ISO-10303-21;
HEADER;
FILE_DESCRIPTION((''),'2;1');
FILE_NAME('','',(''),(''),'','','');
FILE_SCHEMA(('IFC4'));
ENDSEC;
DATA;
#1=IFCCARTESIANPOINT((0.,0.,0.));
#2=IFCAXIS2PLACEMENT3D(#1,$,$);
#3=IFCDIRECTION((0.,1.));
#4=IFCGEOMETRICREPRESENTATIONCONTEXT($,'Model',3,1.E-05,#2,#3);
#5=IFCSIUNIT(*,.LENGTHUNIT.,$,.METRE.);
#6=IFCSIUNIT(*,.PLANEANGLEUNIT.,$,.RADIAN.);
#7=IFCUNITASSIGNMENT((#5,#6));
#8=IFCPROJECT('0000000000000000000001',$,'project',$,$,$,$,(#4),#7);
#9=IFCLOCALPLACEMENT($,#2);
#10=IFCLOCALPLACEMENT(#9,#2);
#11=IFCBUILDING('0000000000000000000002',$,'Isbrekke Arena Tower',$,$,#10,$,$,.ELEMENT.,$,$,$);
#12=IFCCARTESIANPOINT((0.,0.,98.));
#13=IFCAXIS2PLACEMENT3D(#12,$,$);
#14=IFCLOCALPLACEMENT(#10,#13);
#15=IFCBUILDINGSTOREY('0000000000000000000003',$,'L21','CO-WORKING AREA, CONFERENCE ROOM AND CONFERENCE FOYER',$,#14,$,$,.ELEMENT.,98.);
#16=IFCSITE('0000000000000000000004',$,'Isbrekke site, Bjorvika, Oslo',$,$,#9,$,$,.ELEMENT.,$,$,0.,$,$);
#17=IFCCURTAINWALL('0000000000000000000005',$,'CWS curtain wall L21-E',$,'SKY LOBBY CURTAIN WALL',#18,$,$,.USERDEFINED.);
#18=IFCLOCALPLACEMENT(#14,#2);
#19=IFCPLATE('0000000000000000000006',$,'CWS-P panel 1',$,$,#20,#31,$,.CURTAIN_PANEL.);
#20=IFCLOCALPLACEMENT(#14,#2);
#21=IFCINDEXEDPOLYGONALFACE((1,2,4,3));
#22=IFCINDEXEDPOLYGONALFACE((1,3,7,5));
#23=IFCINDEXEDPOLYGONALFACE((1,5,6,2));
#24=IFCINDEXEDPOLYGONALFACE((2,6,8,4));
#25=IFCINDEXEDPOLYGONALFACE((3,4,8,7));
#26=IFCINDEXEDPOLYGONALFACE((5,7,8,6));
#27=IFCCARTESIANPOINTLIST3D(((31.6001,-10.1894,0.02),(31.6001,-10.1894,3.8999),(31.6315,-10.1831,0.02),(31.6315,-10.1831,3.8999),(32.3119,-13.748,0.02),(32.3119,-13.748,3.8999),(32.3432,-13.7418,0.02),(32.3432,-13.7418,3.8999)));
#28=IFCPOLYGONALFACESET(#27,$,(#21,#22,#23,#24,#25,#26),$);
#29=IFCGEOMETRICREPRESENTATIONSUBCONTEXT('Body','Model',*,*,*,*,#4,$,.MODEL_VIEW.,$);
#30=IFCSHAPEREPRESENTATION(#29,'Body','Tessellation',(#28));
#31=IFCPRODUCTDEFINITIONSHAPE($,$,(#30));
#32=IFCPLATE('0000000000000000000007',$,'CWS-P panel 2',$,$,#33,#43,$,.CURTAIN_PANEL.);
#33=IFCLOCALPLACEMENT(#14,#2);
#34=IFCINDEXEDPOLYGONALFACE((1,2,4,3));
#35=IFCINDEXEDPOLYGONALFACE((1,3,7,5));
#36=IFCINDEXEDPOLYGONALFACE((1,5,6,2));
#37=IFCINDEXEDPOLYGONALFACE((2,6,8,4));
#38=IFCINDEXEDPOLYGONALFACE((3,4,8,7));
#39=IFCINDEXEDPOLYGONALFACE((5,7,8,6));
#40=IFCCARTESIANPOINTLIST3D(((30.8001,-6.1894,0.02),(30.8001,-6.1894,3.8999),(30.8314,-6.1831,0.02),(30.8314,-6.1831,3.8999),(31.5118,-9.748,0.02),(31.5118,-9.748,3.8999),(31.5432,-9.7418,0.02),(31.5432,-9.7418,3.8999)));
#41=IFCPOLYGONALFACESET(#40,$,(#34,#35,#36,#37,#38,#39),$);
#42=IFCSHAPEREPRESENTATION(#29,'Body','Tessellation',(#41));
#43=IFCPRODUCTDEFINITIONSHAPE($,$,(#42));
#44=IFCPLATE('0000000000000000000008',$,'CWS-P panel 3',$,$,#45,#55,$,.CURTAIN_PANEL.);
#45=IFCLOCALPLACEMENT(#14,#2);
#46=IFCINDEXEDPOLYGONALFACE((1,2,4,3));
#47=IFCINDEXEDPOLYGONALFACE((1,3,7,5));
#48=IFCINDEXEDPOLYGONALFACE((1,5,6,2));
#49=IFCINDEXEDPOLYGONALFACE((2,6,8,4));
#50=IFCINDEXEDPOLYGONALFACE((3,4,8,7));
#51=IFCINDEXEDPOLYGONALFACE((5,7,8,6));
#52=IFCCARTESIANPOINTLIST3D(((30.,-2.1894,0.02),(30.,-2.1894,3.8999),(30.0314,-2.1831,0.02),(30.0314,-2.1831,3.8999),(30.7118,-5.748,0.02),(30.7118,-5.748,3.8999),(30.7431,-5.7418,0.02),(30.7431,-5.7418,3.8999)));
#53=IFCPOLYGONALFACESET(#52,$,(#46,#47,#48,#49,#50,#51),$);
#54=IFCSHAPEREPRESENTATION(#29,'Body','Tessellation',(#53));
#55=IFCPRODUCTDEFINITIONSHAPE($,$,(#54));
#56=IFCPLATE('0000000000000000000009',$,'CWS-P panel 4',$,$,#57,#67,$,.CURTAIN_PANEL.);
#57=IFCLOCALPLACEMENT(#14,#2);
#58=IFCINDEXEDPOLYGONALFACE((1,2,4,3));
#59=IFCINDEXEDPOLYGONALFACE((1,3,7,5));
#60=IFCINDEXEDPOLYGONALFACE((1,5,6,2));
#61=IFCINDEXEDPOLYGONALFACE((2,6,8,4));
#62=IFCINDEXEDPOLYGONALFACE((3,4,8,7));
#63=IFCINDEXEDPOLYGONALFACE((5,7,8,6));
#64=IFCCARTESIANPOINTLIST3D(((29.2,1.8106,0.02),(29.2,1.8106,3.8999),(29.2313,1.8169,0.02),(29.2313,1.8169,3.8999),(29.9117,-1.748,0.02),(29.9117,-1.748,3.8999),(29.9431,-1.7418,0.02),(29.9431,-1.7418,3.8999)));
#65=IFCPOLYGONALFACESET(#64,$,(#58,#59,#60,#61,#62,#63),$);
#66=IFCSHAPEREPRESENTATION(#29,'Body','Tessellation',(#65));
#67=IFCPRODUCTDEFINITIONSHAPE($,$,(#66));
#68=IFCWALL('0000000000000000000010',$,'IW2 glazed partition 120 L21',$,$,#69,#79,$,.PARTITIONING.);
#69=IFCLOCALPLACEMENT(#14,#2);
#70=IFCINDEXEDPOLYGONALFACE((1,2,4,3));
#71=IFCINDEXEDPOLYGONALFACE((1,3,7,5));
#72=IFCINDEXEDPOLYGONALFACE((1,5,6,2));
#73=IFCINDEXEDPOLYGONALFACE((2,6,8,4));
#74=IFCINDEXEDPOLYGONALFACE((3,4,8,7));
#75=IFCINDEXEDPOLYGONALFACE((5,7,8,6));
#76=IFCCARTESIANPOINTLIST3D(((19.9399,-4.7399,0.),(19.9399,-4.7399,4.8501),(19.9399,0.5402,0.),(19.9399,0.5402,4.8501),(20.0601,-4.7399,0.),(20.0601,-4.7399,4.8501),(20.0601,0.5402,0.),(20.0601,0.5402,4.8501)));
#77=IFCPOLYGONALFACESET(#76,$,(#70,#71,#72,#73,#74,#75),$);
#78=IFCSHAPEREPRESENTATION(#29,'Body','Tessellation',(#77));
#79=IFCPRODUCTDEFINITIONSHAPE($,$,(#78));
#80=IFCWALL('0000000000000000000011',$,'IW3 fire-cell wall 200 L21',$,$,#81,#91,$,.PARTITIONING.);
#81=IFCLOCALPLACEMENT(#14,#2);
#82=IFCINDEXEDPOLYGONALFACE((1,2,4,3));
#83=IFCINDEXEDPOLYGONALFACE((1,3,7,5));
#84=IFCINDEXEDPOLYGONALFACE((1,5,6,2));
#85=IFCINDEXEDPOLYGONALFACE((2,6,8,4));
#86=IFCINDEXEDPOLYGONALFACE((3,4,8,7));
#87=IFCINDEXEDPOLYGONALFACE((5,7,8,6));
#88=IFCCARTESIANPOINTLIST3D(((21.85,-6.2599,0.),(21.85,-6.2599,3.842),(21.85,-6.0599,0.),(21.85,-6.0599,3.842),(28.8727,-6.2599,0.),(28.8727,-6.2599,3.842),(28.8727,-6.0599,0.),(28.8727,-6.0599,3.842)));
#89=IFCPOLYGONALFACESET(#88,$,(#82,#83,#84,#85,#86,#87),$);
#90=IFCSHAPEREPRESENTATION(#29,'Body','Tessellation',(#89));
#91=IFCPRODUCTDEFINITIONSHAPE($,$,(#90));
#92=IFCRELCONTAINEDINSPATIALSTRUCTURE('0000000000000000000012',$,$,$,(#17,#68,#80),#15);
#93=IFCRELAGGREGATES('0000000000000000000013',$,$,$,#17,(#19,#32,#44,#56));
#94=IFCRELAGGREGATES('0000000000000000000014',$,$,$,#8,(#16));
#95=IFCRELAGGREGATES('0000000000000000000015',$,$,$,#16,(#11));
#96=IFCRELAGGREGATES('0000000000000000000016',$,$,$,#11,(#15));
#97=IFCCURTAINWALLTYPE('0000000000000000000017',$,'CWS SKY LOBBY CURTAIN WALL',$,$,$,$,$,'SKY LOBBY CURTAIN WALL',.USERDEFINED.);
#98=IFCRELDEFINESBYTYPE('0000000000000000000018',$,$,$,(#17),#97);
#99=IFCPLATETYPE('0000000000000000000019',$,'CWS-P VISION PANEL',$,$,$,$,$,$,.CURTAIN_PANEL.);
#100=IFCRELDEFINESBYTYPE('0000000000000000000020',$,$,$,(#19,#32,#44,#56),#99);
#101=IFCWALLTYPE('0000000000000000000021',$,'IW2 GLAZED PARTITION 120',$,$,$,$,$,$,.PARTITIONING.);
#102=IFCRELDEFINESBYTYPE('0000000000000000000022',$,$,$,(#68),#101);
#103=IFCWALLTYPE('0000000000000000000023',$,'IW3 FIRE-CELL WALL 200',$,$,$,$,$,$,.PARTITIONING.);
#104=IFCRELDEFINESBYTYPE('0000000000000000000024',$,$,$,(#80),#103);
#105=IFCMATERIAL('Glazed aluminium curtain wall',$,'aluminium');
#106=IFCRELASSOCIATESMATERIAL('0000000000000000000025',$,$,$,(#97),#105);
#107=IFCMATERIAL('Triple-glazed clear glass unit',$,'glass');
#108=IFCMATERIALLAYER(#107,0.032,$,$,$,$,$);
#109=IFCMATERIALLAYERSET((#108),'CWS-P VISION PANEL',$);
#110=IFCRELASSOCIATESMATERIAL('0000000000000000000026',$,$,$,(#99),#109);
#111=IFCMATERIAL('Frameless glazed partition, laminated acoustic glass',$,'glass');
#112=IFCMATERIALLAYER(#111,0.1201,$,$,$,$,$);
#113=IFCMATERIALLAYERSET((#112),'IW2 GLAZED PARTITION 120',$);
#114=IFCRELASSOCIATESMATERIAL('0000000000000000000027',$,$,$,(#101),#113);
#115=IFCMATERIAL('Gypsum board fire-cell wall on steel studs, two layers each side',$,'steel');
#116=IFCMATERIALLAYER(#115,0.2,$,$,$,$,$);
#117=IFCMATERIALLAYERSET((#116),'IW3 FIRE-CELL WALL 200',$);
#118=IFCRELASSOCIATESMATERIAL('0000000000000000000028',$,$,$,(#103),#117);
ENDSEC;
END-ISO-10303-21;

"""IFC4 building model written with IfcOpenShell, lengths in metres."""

from ifc_helpers import new_model, si_unit, direction, frame, frame_2d, origin, origin_2d, place, context, subcontext, project, spatial, rectangle, extrude, material, layer, layer_set, type_object, element, aggregate, save


model = new_model("IFC4")

# Units and contexts
model_context = context("Model", 3, precision=1e-05, world=origin(), true_north=direction((0.0, 1.0)))
body_context = subcontext(model_context, "Body", "Model", "MODEL_VIEW")
ifc_project = project(units=[si_unit("LENGTHUNIT", "METRE"), si_unit("PLANEANGLEUNIT", "RADIAN")], contexts=[model_context])

# Site, building, storey
site_placement = place(None, origin())
site = spatial("IfcSite", under=ifc_project, at=site_placement, Name="Isbrekke site, Bjorvika, Oslo", CompositionType="ELEMENT", RefElevation=0.0)
building_placement = place(site_placement, origin())
building = spatial("IfcBuilding", under=site, at=building_placement, Name="Isbrekke Arena Tower", CompositionType="ELEMENT")
storey_placement = place(building_placement, frame((0.0, 0.0, 98.0)))
storey = spatial("IfcBuildingStorey", under=building, at=storey_placement, Name="L21", Description="CO-WORKING AREA, CONFERENCE ROOM AND CONFERENCE FOYER", CompositionType="ELEMENT", Elevation=98.0)

# Curtain wall
ifc_material_1 = material(Name="Glazed aluminium curtain wall", Category="aluminium")
curtain_wall_type = type_object("IfcCurtainWallType", Name="CWS SKY LOBBY CURTAIN WALL", ElementType="SKY LOBBY CURTAIN WALL", PredefinedType="USERDEFINED", material=ifc_material_1)
curtain_wall_placement = place(storey_placement, origin())
curtain_wall = element("IfcCurtainWall", 1, at=curtain_wall_placement, inside=storey, type_object=curtain_wall_type, Name="CWS curtain wall L21-E", ObjectType="SKY LOBBY CURTAIN WALL", PredefinedType="USERDEFINED")

# Plates
ifc_material_2 = material(Name="Triple-glazed clear glass unit", Category="glass")
ifc_layer_1 = layer(ifc_material_2, 0.032)
ifc_layer_set_1 = layer_set([ifc_layer_1], Name="CWS-P VISION PANEL")
plate_type = type_object("IfcPlateType", Name="CWS-P VISION PANEL", PredefinedType="CURTAIN_PANEL", material=ifc_layer_set_1)
plate_1_placement = place(storey_placement, frame((31.9717, -11.9656, 0.02), z_axis=(0.0, 0.0, 1.0), x_axis=(-0.196116, 0.980581, 0.0)))
plate_1 = element("IfcPlate", 2, at=plate_1_placement, type_object=plate_type, Name="CWS-P panel 1", PredefinedType="CURTAIN_PANEL", context=body_context, shape_type="SweptSolid", body=[
    extrude(rectangle(XDim=3.6292, YDim=0.032, at=origin_2d()), origin(), (0.0, 0.0, 1.0), 3.8799),
])
plate_2_placement = place(storey_placement, frame((31.1716, -7.9656, 0.02), z_axis=(0.0, 0.0, 1.0), x_axis=(-0.196116, 0.980581, 0.0)))
plate_2 = element("IfcPlate", 3, at=plate_2_placement, type_object=plate_type, Name="CWS-P panel 2", PredefinedType="CURTAIN_PANEL", context=body_context, shape_type="SweptSolid", body=[
    extrude(rectangle(XDim=3.6292, YDim=0.032, at=origin_2d()), origin(), (0.0, 0.0, 1.0), 3.8799),
])
plate_3_placement = place(storey_placement, frame((30.3716, -3.9656, 0.02), z_axis=(0.0, 0.0, 1.0), x_axis=(-0.196116, 0.980581, 0.0)))
plate_3 = element("IfcPlate", 4, at=plate_3_placement, type_object=plate_type, Name="CWS-P panel 3", PredefinedType="CURTAIN_PANEL", context=body_context, shape_type="SweptSolid", body=[
    extrude(rectangle(XDim=3.6292, YDim=0.032, at=origin_2d()), origin(), (0.0, 0.0, 1.0), 3.8799),
])
plate_4_placement = place(storey_placement, frame((29.5715, 0.0344, 0.02), z_axis=(0.0, 0.0, 1.0), x_axis=(-0.196116, 0.980581, 0.0)))
plate_4 = element("IfcPlate", 5, at=plate_4_placement, type_object=plate_type, Name="CWS-P panel 4", PredefinedType="CURTAIN_PANEL", context=body_context, shape_type="SweptSolid", body=[
    extrude(rectangle(XDim=3.6292, YDim=0.032, at=origin_2d()), origin(), (0.0, 0.0, 1.0), 3.8799),
])
aggregate(curtain_wall, [plate_1, plate_2, plate_3, plate_4])

# Walls
ifc_material_3 = material(Name="Frameless glazed partition, laminated acoustic glass", Category="glass")
ifc_layer_2 = layer(ifc_material_3, 0.1201)
ifc_layer_set_2 = layer_set([ifc_layer_2], Name="IW2 GLAZED PARTITION 120")
wall_type_1 = type_object("IfcWallType", Name="IW2 GLAZED PARTITION 120", PredefinedType="PARTITIONING", material=ifc_layer_set_2)
wall_1_placement = place(storey_placement, frame((20.0, -4.74, 0.0), z_axis=(0.0, 0.0, 1.0), x_axis=(0.0, 1.0, 0.0)))
element("IfcWall", 6, at=wall_1_placement, inside=storey, type_object=wall_type_1, Name="IW2 glazed partition 120 L21", PredefinedType="PARTITIONING", context=body_context, shape_type="SweptSolid", body=[
    extrude(rectangle(XDim=5.28, YDim=0.1201, at=frame_2d((2.6401, 0.0))), origin(), (0.0, 0.0, 1.0), 4.8501),
])
ifc_material_4 = material(Name="Gypsum board fire-cell wall on steel studs, two layers each side", Category="steel")
ifc_layer_3 = layer(ifc_material_4, 0.2)
ifc_layer_set_3 = layer_set([ifc_layer_3], Name="IW3 FIRE-CELL WALL 200")
wall_type_2 = type_object("IfcWallType", Name="IW3 FIRE-CELL WALL 200", PredefinedType="PARTITIONING", material=ifc_layer_set_3)
wall_2_placement = place(storey_placement, frame((21.8501, -6.1599, 0.0), z_axis=(0.0, 0.0, 1.0), x_axis=(1.0, 0.0, 0.0)))
element("IfcWall", 7, at=wall_2_placement, inside=storey, type_object=wall_type_2, Name="IW3 fire-cell wall 200 L21", PredefinedType="PARTITIONING", context=body_context, shape_type="SweptSolid", body=[
    extrude(rectangle(XDim=7.0227, YDim=0.2, at=frame_2d((3.5112, 0.0))), origin(), (0.0, 0.0, 1.0), 3.842),
])

save(model, "model.ifc")
